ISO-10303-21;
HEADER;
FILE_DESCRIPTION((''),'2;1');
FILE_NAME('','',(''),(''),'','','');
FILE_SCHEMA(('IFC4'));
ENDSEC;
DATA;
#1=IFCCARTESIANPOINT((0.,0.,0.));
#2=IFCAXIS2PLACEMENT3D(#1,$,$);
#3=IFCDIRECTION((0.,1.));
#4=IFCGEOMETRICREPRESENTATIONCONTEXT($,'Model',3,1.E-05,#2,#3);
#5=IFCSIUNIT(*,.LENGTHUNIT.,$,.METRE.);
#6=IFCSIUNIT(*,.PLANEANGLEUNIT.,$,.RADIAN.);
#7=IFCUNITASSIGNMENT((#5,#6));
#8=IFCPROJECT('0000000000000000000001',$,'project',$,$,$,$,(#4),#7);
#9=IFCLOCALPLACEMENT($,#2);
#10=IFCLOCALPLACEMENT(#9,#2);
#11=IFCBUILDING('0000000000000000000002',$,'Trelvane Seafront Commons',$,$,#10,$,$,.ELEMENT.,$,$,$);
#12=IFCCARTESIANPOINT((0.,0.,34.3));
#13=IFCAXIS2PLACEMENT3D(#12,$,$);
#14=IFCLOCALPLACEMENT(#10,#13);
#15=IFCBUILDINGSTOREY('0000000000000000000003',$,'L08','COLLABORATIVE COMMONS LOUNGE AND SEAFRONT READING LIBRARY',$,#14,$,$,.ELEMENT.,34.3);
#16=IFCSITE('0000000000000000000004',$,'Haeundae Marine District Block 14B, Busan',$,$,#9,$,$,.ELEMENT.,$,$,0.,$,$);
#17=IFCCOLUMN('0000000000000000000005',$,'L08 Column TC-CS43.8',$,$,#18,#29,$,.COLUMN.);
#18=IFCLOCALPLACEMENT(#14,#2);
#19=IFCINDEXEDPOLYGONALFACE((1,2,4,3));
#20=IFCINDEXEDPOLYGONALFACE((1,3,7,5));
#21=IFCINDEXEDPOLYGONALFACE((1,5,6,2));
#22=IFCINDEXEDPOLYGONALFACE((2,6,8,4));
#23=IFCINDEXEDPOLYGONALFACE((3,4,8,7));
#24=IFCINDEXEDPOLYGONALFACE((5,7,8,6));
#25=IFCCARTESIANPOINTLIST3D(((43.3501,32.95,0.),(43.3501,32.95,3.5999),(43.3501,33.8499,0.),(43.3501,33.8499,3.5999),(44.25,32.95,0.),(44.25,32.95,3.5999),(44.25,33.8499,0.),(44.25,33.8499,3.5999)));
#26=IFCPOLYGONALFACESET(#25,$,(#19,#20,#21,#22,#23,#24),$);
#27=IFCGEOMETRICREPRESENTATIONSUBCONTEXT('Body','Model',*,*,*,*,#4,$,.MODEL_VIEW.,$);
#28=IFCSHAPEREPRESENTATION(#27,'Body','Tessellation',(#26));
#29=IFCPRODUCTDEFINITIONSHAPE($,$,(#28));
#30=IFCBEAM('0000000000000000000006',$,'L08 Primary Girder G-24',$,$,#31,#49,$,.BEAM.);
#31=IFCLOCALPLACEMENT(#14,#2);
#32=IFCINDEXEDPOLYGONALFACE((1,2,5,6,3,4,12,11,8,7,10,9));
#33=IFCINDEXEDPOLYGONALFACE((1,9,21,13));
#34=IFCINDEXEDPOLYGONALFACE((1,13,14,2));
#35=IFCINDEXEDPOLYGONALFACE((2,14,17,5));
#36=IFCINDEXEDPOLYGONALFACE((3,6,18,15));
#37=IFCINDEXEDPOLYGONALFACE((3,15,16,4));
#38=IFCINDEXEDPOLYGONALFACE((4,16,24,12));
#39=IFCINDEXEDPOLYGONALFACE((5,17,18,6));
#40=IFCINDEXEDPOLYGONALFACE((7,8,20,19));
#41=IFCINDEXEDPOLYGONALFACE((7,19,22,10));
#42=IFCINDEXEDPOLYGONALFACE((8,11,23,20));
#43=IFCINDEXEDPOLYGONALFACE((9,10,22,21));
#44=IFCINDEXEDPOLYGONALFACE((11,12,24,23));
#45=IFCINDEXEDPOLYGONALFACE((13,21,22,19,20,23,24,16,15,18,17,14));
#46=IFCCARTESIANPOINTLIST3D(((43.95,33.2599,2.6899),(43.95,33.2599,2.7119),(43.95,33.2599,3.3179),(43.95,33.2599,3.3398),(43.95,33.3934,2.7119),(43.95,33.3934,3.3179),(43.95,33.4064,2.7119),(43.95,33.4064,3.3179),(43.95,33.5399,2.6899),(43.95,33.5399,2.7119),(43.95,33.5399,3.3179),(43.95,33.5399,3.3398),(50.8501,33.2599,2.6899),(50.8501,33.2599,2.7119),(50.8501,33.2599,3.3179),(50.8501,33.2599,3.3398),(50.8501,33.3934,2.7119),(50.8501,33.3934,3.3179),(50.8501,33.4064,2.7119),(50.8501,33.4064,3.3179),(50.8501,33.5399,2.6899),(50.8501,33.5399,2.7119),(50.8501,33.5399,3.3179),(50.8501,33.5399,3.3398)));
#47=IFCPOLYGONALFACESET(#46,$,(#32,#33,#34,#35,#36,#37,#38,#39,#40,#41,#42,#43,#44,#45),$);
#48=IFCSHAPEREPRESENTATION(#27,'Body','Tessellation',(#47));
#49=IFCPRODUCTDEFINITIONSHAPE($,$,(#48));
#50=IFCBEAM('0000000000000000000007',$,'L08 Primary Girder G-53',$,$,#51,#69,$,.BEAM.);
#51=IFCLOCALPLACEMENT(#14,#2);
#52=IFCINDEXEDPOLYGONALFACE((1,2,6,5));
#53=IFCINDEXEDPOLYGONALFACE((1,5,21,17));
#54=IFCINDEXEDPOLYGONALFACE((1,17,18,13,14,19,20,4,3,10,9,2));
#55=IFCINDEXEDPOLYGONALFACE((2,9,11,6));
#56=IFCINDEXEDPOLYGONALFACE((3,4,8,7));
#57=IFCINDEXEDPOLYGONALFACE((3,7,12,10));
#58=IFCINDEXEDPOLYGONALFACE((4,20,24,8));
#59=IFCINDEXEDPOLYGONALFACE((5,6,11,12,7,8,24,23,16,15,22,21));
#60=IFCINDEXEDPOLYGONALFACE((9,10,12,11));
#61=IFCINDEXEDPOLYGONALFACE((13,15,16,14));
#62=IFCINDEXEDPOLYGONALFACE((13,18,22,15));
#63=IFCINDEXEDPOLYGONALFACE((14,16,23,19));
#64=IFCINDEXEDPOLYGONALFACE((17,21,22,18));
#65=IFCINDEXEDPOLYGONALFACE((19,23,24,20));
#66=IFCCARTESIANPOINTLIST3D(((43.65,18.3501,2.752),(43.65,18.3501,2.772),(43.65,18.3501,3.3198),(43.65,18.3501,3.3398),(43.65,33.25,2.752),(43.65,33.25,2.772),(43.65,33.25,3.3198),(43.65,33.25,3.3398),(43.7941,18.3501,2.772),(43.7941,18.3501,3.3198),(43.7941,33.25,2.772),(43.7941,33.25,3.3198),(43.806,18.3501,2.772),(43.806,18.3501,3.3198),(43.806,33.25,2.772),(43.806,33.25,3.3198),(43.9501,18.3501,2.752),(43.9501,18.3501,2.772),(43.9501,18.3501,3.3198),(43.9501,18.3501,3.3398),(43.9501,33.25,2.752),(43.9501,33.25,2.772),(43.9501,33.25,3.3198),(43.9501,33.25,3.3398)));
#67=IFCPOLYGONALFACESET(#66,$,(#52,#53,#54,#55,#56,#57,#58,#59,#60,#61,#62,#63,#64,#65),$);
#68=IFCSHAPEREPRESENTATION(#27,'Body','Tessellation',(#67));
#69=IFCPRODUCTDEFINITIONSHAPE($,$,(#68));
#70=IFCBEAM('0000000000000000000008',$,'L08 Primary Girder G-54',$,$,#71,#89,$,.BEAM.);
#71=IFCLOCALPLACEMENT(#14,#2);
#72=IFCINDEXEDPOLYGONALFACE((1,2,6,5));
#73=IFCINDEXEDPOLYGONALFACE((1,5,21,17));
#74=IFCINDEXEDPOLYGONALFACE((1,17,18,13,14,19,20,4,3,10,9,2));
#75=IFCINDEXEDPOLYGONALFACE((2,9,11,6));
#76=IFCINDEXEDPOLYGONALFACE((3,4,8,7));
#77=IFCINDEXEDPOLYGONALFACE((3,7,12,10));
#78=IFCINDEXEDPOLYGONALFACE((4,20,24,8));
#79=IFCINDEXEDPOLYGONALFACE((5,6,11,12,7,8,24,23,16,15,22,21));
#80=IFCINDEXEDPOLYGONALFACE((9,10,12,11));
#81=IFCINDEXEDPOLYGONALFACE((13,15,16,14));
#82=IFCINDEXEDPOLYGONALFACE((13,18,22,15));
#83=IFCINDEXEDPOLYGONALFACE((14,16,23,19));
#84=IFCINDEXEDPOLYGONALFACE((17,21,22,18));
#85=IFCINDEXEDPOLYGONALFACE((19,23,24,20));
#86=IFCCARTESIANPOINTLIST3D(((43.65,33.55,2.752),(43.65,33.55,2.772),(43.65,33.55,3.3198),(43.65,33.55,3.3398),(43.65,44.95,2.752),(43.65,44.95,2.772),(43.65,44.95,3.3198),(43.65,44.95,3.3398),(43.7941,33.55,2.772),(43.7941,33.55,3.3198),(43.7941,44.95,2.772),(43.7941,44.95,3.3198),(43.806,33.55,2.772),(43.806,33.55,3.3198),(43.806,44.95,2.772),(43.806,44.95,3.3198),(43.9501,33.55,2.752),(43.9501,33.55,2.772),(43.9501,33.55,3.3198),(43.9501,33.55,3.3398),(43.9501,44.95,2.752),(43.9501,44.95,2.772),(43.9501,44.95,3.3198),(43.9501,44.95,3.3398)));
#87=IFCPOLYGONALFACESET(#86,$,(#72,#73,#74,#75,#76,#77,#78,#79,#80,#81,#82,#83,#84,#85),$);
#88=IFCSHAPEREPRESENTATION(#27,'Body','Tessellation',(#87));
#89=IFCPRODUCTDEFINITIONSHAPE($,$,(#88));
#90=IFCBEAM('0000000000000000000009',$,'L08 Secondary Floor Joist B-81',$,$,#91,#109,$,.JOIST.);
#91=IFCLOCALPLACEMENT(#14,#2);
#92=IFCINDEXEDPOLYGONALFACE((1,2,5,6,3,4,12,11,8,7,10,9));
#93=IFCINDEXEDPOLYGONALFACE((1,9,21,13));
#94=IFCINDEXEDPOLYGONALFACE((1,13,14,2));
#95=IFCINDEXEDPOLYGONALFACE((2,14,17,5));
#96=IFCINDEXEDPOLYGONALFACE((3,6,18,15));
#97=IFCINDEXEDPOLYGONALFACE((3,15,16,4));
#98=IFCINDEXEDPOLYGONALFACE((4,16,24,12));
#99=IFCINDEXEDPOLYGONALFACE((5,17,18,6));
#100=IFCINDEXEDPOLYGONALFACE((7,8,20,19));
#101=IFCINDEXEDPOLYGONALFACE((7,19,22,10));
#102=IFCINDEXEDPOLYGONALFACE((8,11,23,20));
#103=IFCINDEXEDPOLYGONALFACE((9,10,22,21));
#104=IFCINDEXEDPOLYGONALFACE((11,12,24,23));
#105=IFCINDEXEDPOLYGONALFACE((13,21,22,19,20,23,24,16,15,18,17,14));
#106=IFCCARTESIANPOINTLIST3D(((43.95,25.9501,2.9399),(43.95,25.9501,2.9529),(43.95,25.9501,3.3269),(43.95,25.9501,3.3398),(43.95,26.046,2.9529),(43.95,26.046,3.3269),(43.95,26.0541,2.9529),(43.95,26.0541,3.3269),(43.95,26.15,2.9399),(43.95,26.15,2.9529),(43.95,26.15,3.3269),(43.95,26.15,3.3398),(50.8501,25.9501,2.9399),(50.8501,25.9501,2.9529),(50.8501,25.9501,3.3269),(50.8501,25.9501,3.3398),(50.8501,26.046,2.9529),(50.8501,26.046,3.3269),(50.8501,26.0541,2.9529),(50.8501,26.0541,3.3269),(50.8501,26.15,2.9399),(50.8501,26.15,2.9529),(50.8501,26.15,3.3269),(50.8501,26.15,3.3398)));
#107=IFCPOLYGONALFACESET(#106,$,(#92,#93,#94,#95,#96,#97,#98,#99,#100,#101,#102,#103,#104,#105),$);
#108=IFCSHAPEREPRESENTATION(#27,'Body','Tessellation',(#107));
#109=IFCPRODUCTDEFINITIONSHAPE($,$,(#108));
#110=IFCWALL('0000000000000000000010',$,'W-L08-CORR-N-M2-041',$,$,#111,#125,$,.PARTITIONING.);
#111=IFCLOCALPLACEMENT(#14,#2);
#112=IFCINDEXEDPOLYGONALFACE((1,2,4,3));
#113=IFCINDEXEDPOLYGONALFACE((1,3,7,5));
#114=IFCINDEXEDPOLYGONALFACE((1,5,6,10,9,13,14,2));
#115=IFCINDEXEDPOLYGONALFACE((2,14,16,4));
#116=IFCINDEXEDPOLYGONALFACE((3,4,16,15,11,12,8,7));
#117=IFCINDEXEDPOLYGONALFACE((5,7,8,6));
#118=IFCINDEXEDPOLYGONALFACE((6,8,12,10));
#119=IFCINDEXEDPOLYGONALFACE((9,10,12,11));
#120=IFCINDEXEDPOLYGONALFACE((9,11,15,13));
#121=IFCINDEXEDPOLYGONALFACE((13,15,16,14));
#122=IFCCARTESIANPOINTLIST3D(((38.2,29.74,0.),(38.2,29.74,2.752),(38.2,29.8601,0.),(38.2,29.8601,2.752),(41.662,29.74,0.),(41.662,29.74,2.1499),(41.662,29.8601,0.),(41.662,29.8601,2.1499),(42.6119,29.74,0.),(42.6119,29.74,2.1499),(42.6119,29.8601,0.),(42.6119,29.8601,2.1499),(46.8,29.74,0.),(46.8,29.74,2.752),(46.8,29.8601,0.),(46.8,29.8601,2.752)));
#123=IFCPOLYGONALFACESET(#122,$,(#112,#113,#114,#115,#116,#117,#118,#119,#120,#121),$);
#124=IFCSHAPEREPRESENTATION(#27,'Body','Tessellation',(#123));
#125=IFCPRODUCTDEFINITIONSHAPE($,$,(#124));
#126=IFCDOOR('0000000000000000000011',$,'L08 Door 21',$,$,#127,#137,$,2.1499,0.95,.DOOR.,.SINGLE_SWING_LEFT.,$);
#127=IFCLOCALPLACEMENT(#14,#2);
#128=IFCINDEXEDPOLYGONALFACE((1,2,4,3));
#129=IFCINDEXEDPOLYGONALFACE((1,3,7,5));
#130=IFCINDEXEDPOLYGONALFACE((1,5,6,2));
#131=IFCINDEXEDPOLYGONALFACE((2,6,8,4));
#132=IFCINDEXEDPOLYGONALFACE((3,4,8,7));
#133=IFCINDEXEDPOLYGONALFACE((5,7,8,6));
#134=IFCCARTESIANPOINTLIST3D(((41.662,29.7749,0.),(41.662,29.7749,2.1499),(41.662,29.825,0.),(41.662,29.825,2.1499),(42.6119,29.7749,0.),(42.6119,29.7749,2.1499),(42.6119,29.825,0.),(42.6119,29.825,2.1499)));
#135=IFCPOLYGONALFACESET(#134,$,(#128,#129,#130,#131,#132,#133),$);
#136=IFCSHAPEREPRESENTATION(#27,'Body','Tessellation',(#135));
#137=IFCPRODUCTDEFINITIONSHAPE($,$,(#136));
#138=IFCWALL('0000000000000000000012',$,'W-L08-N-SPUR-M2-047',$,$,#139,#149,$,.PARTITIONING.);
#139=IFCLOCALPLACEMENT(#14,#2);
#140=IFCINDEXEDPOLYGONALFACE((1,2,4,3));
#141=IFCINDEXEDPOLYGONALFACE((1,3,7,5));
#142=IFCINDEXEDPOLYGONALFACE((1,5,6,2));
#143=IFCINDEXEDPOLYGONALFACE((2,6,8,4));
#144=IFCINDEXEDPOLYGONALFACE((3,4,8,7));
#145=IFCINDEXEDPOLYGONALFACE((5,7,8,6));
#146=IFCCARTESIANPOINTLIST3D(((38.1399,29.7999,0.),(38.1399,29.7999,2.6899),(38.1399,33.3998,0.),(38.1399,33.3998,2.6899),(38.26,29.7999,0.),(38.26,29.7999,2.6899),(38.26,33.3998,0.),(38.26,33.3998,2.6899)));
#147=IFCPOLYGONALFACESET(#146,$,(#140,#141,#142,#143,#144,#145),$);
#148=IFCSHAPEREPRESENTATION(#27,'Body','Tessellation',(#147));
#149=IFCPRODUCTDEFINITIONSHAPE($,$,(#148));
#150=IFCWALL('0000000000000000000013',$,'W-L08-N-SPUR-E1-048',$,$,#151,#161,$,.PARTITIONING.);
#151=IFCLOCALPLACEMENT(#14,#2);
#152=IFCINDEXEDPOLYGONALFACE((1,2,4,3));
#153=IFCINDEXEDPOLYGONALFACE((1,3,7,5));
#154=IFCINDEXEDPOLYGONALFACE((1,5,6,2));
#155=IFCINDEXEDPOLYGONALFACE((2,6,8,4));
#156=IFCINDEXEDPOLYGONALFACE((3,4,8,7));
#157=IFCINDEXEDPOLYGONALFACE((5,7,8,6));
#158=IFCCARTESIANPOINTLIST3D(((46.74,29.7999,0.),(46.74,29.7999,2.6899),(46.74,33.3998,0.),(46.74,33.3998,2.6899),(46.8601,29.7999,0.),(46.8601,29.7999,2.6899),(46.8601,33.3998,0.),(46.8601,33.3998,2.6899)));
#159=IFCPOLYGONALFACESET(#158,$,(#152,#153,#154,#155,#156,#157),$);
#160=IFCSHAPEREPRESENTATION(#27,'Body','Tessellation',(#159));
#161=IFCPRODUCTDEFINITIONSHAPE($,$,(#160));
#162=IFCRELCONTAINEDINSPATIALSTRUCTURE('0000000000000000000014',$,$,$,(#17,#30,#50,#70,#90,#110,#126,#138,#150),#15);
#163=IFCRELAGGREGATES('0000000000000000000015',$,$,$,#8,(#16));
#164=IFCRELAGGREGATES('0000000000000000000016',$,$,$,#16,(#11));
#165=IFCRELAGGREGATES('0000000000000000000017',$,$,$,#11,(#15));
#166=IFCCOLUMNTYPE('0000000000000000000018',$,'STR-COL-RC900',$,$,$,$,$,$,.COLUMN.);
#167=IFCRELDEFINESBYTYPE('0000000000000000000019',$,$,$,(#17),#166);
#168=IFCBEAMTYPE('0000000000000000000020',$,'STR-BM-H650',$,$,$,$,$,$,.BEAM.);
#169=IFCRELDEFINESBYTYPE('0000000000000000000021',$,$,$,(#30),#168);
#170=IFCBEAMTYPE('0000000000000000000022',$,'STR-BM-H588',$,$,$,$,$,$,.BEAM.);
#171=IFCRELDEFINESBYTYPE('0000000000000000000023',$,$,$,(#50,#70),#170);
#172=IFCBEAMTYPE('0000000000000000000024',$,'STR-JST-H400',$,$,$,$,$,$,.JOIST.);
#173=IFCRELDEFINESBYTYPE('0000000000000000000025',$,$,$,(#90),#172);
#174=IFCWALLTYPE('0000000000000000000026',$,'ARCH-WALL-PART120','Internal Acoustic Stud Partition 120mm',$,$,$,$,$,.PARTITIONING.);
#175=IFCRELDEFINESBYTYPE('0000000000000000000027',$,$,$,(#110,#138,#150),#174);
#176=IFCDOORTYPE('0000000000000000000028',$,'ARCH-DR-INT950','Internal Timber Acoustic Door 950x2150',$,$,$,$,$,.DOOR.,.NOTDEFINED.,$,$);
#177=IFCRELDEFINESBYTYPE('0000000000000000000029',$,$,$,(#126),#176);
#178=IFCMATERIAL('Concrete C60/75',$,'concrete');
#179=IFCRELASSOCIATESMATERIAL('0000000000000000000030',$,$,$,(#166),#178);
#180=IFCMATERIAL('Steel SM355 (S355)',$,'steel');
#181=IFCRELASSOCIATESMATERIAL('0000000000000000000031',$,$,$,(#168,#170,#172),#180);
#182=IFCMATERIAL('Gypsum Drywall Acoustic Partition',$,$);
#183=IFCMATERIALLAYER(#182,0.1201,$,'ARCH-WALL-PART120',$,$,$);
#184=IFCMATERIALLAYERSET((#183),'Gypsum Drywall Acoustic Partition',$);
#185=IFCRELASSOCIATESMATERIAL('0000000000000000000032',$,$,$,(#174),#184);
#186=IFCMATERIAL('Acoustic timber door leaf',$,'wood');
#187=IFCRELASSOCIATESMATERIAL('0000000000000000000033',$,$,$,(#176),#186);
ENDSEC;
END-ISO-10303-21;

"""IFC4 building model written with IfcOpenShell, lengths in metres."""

from ifc_helpers import new_model, si_unit, direction, frame, frame_2d, origin, origin_2d, place, context, subcontext, project, spatial, rectangle, i_section, extrude, source, transform, mapped, material, layer, layer_set, material_profile, profile_set, type_object, element, fill, save


model = new_model("IFC4")

# Units and contexts
model_context = context("Model", 3, precision=1e-05, world=origin(), true_north=direction((0.0, 1.0)))
body_context = subcontext(model_context, "Body", "Model", "MODEL_VIEW")
ifc_project = project(units=[si_unit("LENGTHUNIT", "METRE"), si_unit("PLANEANGLEUNIT", "RADIAN")], contexts=[model_context])

# Site, building, storey
site_placement = place(None, origin())
site = spatial("IfcSite", under=ifc_project, at=site_placement, Name="Haeundae Marine District Block 14B, Busan", CompositionType="ELEMENT", RefElevation=0.0)
building_placement = place(site_placement, origin())
building = spatial("IfcBuilding", under=site, at=building_placement, Name="Trelvane Seafront Commons", CompositionType="ELEMENT")
storey_placement = place(building_placement, frame((0.0, 0.0, 34.3)))
storey = spatial("IfcBuildingStorey", under=building, at=storey_placement, Name="L08", Description="COLLABORATIVE COMMONS LOUNGE AND SEAFRONT READING LIBRARY", CompositionType="ELEMENT", Elevation=34.3)

# Column
ifc_material_1 = material(Name="Concrete C60/75", Category="concrete")
ifc_material_profile_1 = material_profile(ifc_material_1, rectangle(XDim=0.8999, YDim=0.8999, at=origin_2d()), Name="RC-900x900")
ifc_profile_set_1 = profile_set([ifc_material_profile_1], Name="Concrete C60/75")
column_type = type_object("IfcColumnType", Name="STR-COL-RC900", PredefinedType="COLUMN", material=ifc_profile_set_1)
shared_shape_1 = source(origin(), body_context, "Body", "SweptSolid", [
    extrude(rectangle(XDim=0.8999, YDim=0.8999, at=origin_2d()), origin(), (0.0, 0.0, 1.0), 3.5999),
])
column_placement = place(storey_placement, frame((43.8, 33.3999, 0.0), z_axis=(0.0, 0.0, 1.0), x_axis=(1.0, 0.0, 0.0)))
element("IfcColumn", 1, at=column_placement, inside=storey, type_object=column_type, Name="L08 Column TC-CS43.8", PredefinedType="COLUMN", context=body_context, shape_type="MappedRepresentation", body=[
    mapped(shared_shape_1, transform((0.0, 0.0, 0.0), x_axis=(1.0, 0.0, 0.0), y_axis=(0.0, 1.0, 0.0), z_axis=(0.0, 0.0, 1.0), scale=1.0)),
])

# Beams
ifc_material_2 = material(Name="Steel SM355 (S355)", Category="steel")
ifc_material_profile_2 = material_profile(ifc_material_2, i_section(OverallWidth=0.28, OverallDepth=0.6499, WebThickness=0.0129, FlangeThickness=0.022, at=origin_2d()), Name="H-650x280x13x22")
ifc_profile_set_2 = profile_set([ifc_material_profile_2], Name="Steel SM355 (S355)")
beam_type_1 = type_object("IfcBeamType", Name="STR-BM-H650", PredefinedType="BEAM", material=ifc_profile_set_2)
shared_shape_2 = source(origin(), body_context, "Body", "SweptSolid", [
    extrude(i_section(OverallWidth=0.28, OverallDepth=0.6499, WebThickness=0.0129, FlangeThickness=0.022, at=origin_2d()), origin(), (0.0, 0.0, 1.0), 6.9001),
])
beam_1_placement = place(storey_placement, frame((43.95, 33.3999, 3.0149), z_axis=(1.0, 0.0, 0.0), x_axis=(0.0, 1.0, 0.0)))
element("IfcBeam", 2, at=beam_1_placement, inside=storey, type_object=beam_type_1, Name="L08 Primary Girder G-24", PredefinedType="BEAM", context=body_context, shape_type="MappedRepresentation", body=[
    mapped(shared_shape_2, transform((0.0, 0.0, 0.0), x_axis=(1.0, 0.0, 0.0), y_axis=(0.0, 1.0, 0.0), z_axis=(0.0, 0.0, 1.0), scale=1.0)),
])
ifc_material_profile_3 = material_profile(ifc_material_2, i_section(OverallWidth=0.3, OverallDepth=0.5879, WebThickness=0.012, FlangeThickness=0.02, at=origin_2d()), Name="H-588x300x12x20")
ifc_profile_set_3 = profile_set([ifc_material_profile_3], Name="Steel SM355 (S355)")
beam_type_2 = type_object("IfcBeamType", Name="STR-BM-H588", PredefinedType="BEAM", material=ifc_profile_set_3)
shared_shape_3 = source(origin(), body_context, "Body", "SweptSolid", [
    extrude(i_section(OverallWidth=0.3, OverallDepth=0.5879, WebThickness=0.012, FlangeThickness=0.02, at=origin_2d()), origin(), (0.0, 0.0, 1.0), 14.8999),
])
beam_2_placement = place(storey_placement, frame((43.8, 18.3501, 3.0459), z_axis=(0.0, 1.0, 0.0), x_axis=(-1.0, 0.0, 0.0)))
element("IfcBeam", 3, at=beam_2_placement, inside=storey, type_object=beam_type_2, Name="L08 Primary Girder G-53", PredefinedType="BEAM", context=body_context, shape_type="MappedRepresentation", body=[
    mapped(shared_shape_3, transform((0.0, 0.0, 0.0), x_axis=(1.0, 0.0, 0.0), y_axis=(0.0, 1.0, 0.0), z_axis=(0.0, 0.0, 1.0), scale=1.0)),
])
shared_shape_4 = source(origin(), body_context, "Body", "SweptSolid", [
    extrude(i_section(OverallWidth=0.3, OverallDepth=0.5879, WebThickness=0.012, FlangeThickness=0.02, at=origin_2d()), origin(), (0.0, 0.0, 1.0), 11.3999),
])
beam_3_placement = place(storey_placement, frame((43.8, 33.55, 3.0459), z_axis=(0.0, 1.0, 0.0), x_axis=(-1.0, 0.0, 0.0)))
element("IfcBeam", 4, at=beam_3_placement, inside=storey, type_object=beam_type_2, Name="L08 Primary Girder G-54", PredefinedType="BEAM", context=body_context, shape_type="MappedRepresentation", body=[
    mapped(shared_shape_4, transform((0.0, 0.0, 0.0), x_axis=(1.0, 0.0, 0.0), y_axis=(0.0, 1.0, 0.0), z_axis=(0.0, 0.0, 1.0), scale=1.0)),
])
ifc_material_profile_4 = material_profile(ifc_material_2, i_section(OverallWidth=0.2, OverallDepth=0.3999, WebThickness=0.0081, FlangeThickness=0.0129, at=origin_2d()), Name="H-400x200x8x13")
ifc_profile_set_4 = profile_set([ifc_material_profile_4], Name="Steel SM355 (S355)")
beam_type_3 = type_object("IfcBeamType", Name="STR-JST-H400", PredefinedType="JOIST", material=ifc_profile_set_4)
shared_shape_5 = source(origin(), body_context, "Body", "SweptSolid", [
    extrude(i_section(OverallWidth=0.2, OverallDepth=0.3999, WebThickness=0.0081, FlangeThickness=0.0129, at=origin_2d()), origin(), (0.0, 0.0, 1.0), 6.9001),
])
beam_4_placement = place(storey_placement, frame((43.95, 26.05, 3.1399), z_axis=(1.0, 0.0, 0.0), x_axis=(0.0, 1.0, 0.0)))
element("IfcBeam", 5, at=beam_4_placement, inside=storey, type_object=beam_type_3, Name="L08 Secondary Floor Joist B-81", PredefinedType="JOIST", context=body_context, shape_type="MappedRepresentation", body=[
    mapped(shared_shape_5, transform((0.0, 0.0, 0.0), x_axis=(1.0, 0.0, 0.0), y_axis=(0.0, 1.0, 0.0), z_axis=(0.0, 0.0, 1.0), scale=1.0)),
])

# Wall, opening, door
ifc_material_3 = material(Name="Gypsum Drywall Acoustic Partition")
ifc_layer_1 = layer(ifc_material_3, 0.1201, Name="ARCH-WALL-PART120")
ifc_layer_set_1 = layer_set([ifc_layer_1], Name="Gypsum Drywall Acoustic Partition")
wall_type_1 = type_object("IfcWallType", Name="ARCH-WALL-PART120", Description="Internal Acoustic Stud Partition 120mm", PredefinedType="PARTITIONING", material=ifc_layer_set_1)
wall_1_placement = place(storey_placement, frame((38.2, 29.8, 0.0), z_axis=(0.0, 0.0, 1.0), x_axis=(1.0, 0.0, 0.0)))
wall_1 = element("IfcWall", 6, at=wall_1_placement, inside=storey, type_object=wall_type_1, Name="W-L08-CORR-N-M2-041", PredefinedType="PARTITIONING", context=body_context, shape_type="SweptSolid", body=[
    extrude(rectangle(XDim=8.6001, YDim=0.1201, at=frame_2d((4.3, 0.0))), origin(), (0.0, 0.0, 1.0), 2.752),
])
opening_1_placement = place(wall_1_placement, frame((3.4619, 0.0, 0.0)))
opening_1 = element("IfcOpeningElement", 7, at=opening_1_placement, cuts=wall_1, PredefinedType="OPENING", context=body_context, shape_type="SweptSolid", body=[
    extrude(rectangle(XDim=0.95, YDim=2.1499, at=frame_2d((0.4751, 1.075))), frame((0.0, 0.0701, 0.0), z_axis=(0.0, -1.0, 0.0), x_axis=(1.0, 0.0, 0.0)), (0.0, 0.0, 1.0), 0.1401),
])
ifc_material_4 = material(Name="Acoustic timber door leaf", Category="wood")
door_type_1 = type_object("IfcDoorType", Name="ARCH-DR-INT950", Description="Internal Timber Acoustic Door 950x2150", OperationType="NOTDEFINED", PredefinedType="DOOR", material=ifc_material_4)
shared_shape_6 = source(origin(), body_context, "Body", "SweptSolid", [
    extrude(rectangle(XDim=0.95, YDim=2.1499, at=frame_2d((0.4751, 1.075))), frame((0.0, 0.0249, 0.0), z_axis=(0.0, -1.0, 0.0), x_axis=(1.0, 0.0, 0.0)), (0.0, 0.0, 1.0), 0.05),
])
door_1_placement = place(opening_1_placement, origin())
door_1 = element("IfcDoor", 8, at=door_1_placement, inside=storey, type_object=door_type_1, Name="L08 Door 21", OperationType="SINGLE_SWING_LEFT", OverallHeight=2.1499, OverallWidth=0.95, PredefinedType="DOOR", context=body_context, shape_type="MappedRepresentation", body=[
    mapped(shared_shape_6, transform((0.0, 0.0, 0.0), x_axis=(1.0, 0.0, 0.0), y_axis=(0.0, 1.0, 0.0), z_axis=(0.0, 0.0, 1.0), scale=1.0)),
])
fill(opening_1, door_1)

# Walls
for number, where, z_axis, x_axis, name in (
    (9, (38.2, 29.8, 0.0), (0.0, 0.0, 1.0), (0.0, 1.0, 0.0), "W-L08-N-SPUR-M2-047"),
    (10, (46.8, 29.8, 0.0), (0.0, 0.0, 1.0), (0.0, 1.0, 0.0), "W-L08-N-SPUR-E1-048"),
):
    element("IfcWall", number, at=place(storey_placement, frame(where, z_axis=z_axis, x_axis=x_axis)), inside=storey, type_object=wall_type_1, Name=name, PredefinedType="PARTITIONING", context=body_context, shape_type="SweptSolid", body=[
        extrude(rectangle(XDim=3.5999, YDim=0.1201, at=frame_2d((1.7998, 0.0))), origin(), (0.0, 0.0, 1.0), 2.6899),
    ])

save(model, "model.ifc")
